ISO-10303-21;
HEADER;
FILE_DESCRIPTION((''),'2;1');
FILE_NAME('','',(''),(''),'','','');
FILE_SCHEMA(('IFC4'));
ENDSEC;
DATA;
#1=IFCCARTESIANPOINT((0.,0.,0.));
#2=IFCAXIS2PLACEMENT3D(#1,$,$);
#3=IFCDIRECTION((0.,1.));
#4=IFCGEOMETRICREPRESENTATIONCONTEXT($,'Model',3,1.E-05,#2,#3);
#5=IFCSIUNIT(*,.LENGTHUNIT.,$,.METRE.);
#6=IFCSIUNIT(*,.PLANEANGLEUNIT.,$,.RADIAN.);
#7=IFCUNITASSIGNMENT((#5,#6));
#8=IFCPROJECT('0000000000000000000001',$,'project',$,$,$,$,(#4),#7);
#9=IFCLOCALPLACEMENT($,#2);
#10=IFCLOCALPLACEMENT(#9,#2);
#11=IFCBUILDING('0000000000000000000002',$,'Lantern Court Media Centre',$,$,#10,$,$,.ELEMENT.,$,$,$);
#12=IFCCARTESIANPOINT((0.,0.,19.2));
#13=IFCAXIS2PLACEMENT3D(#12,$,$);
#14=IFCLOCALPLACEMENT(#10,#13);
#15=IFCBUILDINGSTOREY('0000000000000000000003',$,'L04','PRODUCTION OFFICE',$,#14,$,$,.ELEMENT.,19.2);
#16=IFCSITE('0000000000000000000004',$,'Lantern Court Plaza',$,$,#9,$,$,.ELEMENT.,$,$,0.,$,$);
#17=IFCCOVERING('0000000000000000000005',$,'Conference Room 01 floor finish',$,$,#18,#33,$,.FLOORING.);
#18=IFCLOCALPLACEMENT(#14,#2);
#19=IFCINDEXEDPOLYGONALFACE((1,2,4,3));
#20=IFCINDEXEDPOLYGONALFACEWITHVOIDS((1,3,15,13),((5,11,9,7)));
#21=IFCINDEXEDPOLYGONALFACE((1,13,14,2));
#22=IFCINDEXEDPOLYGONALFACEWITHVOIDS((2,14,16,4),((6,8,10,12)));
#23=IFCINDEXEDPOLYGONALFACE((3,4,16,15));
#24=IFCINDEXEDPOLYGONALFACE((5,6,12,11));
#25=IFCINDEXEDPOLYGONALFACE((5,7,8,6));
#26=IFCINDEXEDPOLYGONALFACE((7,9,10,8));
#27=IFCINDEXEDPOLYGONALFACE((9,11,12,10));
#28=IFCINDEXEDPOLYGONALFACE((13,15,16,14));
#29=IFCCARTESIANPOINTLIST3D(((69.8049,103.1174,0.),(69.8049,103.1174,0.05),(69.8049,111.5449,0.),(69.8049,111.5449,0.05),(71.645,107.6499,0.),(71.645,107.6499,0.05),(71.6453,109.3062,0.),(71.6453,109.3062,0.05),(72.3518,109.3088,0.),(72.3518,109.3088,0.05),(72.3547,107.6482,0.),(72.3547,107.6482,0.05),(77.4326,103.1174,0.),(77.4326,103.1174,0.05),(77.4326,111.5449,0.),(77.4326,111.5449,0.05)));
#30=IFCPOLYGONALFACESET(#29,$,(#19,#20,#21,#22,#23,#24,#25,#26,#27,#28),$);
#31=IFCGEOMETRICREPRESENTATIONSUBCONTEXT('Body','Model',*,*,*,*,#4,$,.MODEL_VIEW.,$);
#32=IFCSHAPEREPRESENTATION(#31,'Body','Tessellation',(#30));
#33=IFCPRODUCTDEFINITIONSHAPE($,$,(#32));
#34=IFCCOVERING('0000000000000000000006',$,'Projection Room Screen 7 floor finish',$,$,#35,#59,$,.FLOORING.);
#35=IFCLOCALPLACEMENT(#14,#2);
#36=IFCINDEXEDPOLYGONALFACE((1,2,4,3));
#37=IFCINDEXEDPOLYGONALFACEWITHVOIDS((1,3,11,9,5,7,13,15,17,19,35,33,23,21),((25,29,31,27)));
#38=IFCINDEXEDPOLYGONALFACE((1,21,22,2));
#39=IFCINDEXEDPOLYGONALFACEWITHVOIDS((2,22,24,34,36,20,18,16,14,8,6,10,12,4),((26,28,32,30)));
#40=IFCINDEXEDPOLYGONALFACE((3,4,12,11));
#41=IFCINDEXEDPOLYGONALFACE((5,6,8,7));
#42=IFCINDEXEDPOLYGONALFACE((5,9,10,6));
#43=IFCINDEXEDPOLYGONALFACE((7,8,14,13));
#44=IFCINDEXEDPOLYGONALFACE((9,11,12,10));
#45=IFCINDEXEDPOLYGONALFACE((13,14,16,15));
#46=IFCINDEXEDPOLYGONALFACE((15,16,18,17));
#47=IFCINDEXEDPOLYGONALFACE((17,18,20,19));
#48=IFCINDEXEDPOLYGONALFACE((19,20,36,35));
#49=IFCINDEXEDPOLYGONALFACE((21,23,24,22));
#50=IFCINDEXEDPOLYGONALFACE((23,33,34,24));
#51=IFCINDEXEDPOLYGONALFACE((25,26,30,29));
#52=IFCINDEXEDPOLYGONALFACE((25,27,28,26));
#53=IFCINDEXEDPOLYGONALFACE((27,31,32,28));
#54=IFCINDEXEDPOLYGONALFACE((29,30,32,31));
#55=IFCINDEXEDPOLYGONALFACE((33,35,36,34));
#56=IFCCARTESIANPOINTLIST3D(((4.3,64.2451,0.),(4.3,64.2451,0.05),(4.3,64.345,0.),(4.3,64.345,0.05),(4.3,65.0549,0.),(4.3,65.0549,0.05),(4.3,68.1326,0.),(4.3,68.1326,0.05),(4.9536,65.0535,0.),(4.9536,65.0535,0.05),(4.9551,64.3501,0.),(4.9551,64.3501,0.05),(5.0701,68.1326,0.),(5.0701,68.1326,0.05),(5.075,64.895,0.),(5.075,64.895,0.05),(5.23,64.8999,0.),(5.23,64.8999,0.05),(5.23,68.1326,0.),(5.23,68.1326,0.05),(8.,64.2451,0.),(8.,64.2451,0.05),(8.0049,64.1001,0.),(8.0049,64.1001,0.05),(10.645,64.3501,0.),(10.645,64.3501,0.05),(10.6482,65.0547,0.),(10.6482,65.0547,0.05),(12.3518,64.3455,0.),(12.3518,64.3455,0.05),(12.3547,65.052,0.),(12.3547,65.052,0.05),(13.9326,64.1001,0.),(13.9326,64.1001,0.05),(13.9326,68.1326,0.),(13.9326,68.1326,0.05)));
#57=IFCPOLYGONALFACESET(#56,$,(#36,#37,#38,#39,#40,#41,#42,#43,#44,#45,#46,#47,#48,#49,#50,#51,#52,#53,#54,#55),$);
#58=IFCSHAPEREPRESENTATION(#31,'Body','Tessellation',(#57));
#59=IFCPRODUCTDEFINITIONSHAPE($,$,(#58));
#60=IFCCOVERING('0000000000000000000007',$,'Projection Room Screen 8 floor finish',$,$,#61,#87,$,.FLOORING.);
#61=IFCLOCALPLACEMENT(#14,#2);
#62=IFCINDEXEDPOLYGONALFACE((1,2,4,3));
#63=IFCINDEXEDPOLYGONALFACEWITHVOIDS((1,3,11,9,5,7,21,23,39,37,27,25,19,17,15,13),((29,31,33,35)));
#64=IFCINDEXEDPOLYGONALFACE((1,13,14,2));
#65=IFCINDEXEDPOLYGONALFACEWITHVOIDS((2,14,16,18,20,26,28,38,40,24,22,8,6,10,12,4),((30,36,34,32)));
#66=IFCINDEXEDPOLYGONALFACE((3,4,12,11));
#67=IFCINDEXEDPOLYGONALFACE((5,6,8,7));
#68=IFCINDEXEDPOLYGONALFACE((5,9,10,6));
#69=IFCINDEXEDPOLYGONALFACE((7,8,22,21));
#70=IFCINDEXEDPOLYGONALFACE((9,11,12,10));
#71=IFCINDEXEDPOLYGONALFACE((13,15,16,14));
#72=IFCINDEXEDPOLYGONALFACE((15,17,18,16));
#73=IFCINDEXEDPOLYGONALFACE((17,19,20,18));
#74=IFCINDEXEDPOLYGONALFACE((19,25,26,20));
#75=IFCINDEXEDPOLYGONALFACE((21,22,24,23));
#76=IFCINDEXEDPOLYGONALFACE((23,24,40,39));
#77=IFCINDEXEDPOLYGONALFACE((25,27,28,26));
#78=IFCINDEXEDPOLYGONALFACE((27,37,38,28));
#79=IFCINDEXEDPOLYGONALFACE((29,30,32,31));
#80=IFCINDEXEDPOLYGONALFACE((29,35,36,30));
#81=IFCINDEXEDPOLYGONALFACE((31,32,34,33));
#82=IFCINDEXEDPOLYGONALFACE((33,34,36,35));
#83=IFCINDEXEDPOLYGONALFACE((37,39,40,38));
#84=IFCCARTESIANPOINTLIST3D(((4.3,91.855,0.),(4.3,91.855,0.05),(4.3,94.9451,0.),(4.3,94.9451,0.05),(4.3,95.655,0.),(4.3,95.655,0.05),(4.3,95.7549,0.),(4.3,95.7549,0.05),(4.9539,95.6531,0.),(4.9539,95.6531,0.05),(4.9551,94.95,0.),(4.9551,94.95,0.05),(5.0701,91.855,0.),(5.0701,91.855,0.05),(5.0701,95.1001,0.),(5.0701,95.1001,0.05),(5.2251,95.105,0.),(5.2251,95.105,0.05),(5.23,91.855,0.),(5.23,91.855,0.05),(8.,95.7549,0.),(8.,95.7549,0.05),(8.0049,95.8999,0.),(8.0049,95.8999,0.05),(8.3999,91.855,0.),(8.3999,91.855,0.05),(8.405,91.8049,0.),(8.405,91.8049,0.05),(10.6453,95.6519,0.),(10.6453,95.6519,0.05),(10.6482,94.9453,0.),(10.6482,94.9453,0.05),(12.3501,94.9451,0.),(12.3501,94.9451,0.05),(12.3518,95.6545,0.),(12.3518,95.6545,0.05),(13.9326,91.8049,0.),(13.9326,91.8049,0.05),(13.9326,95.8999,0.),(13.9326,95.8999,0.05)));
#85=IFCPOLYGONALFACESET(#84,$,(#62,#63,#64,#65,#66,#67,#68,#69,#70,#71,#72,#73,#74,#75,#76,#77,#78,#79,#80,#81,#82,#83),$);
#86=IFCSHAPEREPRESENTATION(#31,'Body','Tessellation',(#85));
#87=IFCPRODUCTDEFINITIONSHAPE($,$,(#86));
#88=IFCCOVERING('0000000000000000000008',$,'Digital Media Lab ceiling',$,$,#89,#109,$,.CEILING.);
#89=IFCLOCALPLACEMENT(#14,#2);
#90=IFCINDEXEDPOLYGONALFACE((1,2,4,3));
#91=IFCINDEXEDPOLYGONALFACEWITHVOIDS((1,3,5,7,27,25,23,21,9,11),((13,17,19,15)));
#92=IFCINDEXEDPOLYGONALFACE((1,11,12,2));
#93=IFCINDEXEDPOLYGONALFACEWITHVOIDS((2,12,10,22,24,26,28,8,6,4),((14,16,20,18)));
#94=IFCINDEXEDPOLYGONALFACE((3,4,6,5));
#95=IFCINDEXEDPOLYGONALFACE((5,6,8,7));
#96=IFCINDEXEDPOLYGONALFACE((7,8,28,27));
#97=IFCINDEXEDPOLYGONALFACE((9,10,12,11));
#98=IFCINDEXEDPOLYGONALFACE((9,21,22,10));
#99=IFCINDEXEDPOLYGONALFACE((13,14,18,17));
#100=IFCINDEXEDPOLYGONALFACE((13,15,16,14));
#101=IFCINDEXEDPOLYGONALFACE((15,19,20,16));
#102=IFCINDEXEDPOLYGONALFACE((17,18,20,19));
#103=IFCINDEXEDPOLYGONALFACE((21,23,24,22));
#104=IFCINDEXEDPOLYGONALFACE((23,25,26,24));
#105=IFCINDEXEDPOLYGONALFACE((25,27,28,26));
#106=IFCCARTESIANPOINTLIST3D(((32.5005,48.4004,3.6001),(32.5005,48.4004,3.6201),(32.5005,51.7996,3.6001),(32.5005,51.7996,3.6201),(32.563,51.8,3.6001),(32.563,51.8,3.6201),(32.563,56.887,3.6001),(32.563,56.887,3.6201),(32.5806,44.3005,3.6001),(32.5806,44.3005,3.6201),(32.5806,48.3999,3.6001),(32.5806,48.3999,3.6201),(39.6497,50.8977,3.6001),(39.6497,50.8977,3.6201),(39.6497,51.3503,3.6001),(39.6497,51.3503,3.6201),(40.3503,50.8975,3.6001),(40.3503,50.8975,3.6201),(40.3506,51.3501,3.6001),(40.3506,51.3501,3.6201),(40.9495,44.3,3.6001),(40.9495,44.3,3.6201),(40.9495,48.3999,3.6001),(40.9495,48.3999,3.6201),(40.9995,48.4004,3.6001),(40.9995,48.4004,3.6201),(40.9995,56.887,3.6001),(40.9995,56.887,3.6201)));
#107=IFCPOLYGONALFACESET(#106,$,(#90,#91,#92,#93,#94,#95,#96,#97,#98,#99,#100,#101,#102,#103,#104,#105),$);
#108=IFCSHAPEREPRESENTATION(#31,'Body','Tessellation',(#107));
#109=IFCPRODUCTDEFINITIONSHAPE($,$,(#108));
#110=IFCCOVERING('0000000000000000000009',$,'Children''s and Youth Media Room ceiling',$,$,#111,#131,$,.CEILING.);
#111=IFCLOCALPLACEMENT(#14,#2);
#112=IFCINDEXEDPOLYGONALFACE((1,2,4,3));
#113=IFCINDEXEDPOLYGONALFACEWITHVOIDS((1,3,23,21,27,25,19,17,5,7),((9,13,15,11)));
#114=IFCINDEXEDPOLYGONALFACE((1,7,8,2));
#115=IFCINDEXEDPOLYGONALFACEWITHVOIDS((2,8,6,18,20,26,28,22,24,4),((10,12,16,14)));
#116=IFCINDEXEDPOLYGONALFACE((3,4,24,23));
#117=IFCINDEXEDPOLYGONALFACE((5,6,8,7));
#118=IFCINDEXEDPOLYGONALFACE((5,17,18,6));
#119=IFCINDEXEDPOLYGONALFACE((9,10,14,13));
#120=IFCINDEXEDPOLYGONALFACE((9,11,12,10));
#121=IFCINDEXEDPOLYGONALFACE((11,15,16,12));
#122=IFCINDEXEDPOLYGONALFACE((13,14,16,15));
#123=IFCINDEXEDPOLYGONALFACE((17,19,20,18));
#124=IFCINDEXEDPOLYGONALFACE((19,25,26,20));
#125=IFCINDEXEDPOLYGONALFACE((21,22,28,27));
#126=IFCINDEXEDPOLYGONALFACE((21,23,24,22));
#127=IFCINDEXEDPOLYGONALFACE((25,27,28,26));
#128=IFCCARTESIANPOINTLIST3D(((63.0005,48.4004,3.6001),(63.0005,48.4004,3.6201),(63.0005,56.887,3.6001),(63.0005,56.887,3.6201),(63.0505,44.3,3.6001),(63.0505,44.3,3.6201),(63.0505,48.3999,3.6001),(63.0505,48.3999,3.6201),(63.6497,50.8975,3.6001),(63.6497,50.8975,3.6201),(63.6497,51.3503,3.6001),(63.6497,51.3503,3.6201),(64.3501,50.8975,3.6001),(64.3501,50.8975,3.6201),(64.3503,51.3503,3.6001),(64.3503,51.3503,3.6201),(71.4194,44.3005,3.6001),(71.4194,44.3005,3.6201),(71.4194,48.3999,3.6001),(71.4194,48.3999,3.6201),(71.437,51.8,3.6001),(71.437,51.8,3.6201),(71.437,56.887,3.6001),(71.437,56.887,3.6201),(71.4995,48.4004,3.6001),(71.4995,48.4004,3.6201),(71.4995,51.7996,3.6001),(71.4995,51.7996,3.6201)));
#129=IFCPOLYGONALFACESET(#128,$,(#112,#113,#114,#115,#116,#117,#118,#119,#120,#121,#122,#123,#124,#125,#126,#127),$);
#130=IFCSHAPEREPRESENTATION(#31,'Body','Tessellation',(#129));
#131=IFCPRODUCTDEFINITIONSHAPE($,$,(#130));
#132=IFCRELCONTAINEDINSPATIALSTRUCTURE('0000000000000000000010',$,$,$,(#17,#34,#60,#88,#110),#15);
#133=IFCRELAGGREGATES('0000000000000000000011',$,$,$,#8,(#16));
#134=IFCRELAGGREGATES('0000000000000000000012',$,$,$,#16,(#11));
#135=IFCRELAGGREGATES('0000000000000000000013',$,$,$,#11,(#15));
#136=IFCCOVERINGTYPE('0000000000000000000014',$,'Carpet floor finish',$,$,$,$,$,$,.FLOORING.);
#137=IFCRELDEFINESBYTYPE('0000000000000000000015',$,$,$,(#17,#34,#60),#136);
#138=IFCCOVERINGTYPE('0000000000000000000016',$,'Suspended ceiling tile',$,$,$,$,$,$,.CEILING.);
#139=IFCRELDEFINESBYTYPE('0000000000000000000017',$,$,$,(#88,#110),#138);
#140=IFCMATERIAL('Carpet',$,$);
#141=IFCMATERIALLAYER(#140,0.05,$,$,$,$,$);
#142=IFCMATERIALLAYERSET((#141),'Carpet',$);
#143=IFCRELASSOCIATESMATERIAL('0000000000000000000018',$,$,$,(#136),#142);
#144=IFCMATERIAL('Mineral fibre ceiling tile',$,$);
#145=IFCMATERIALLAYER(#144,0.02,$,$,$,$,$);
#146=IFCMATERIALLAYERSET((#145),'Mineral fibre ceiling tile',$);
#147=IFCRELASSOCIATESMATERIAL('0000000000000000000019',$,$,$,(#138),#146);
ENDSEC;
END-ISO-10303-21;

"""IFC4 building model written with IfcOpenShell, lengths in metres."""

from ifc_helpers import new_model, si_unit, direction, frame, origin, place, context, subcontext, project, spatial, polyline, outline, extrude, material, layer, layer_set, type_object, element, save


model = new_model("IFC4")

# Units and contexts
model_context = context("Model", 3, precision=1e-05, world=origin(), true_north=direction((0.0, 1.0)))
body_context = subcontext(model_context, "Body", "Model", "MODEL_VIEW")
ifc_project = project(units=[si_unit("LENGTHUNIT", "METRE"), si_unit("PLANEANGLEUNIT", "RADIAN")], contexts=[model_context])

# Site, building, storey
site_placement = place(None, origin())
site = spatial("IfcSite", under=ifc_project, at=site_placement, Name="Lantern Court Plaza", CompositionType="ELEMENT", RefElevation=0.0)
building_placement = place(site_placement, origin())
building = spatial("IfcBuilding", under=site, at=building_placement, Name="Lantern Court Media Centre", CompositionType="ELEMENT")
storey_placement = place(building_placement, frame((0.0, 0.0, 19.2)))
storey = spatial("IfcBuildingStorey", under=building, at=storey_placement, Name="L04", Description="PRODUCTION OFFICE", CompositionType="ELEMENT", Elevation=19.2)

# Coverings
ifc_material_1 = material(Name="Carpet")
ifc_layer_1 = layer(ifc_material_1, 0.05)
ifc_layer_set_1 = layer_set([ifc_layer_1], Name="Carpet")
covering_type_1 = type_object("IfcCoveringType", Name="Carpet floor finish", PredefinedType="FLOORING", material=ifc_layer_set_1)
covering_1_placement = place(storey_placement, origin())
element("IfcCovering", 1, at=covering_1_placement, inside=storey, type_object=covering_type_1, Name="Conference Room 01 floor finish", PredefinedType="FLOORING", context=body_context, shape_type="SweptSolid", body=[
    extrude(outline(polyline([(77.4326, 111.5449), (77.4326, 103.1174), (69.8049, 103.1174), (69.8049, 111.5449), (77.4326, 111.5449)]), holes=[polyline([(71.645, 107.6499), (72.3547, 107.6482), (72.3518, 109.3088), (71.6453, 109.3062), (71.645, 107.6499)])]), origin(), (0.0, 0.0, 1.0), 0.05),
])
covering_2_placement = place(storey_placement, origin())
element("IfcCovering", 2, at=covering_2_placement, inside=storey, type_object=covering_type_1, Name="Projection Room Screen 7 floor finish", PredefinedType="FLOORING", context=body_context, shape_type="SweptSolid", body=[
    extrude(outline(polyline([(4.3, 68.1326), (5.0701, 68.1326), (5.075, 64.895), (5.23, 64.8999), (5.23, 68.1326), (13.9326, 68.1326), (13.9326, 64.1001), (8.0049, 64.1001), (8.0, 64.2451), (4.3, 64.2451), (4.3, 64.345), (4.9551, 64.3501), (4.9536, 65.0535), (4.3, 65.0549), (4.3, 68.1326)]), holes=[polyline([(10.645, 64.3501), (12.3518, 64.3455), (12.3547, 65.052), (10.6482, 65.0547), (10.645, 64.3501)])]), origin(), (0.0, 0.0, 1.0), 0.05),
])
covering_3_placement = place(storey_placement, origin())
element("IfcCovering", 3, at=covering_3_placement, inside=storey, type_object=covering_type_1, Name="Projection Room Screen 8 floor finish", PredefinedType="FLOORING", context=body_context, shape_type="SweptSolid", body=[
    extrude(outline(polyline([(13.9326, 95.8999), (13.9326, 91.8049), (8.405, 91.8049), (8.3999, 91.855), (5.23, 91.855), (5.2251, 95.105), (5.0701, 95.1001), (5.0701, 91.855), (4.3, 91.855), (4.3, 94.9451), (4.9551, 94.95), (4.9539, 95.6531), (4.3, 95.655), (4.3, 95.7549), (8.0, 95.7549), (8.0049, 95.8999), (13.9326, 95.8999)]), holes=[polyline([(12.3501, 94.9451), (12.3518, 95.6545), (10.6453, 95.6519), (10.6482, 94.9453), (12.3501, 94.9451)])]), origin(), (0.0, 0.0, 1.0), 0.05),
])
ifc_material_2 = material(Name="Mineral fibre ceiling tile")
ifc_layer_2 = layer(ifc_material_2, 0.02)
ifc_layer_set_2 = layer_set([ifc_layer_2], Name="Mineral fibre ceiling tile")
covering_type_2 = type_object("IfcCoveringType", Name="Suspended ceiling tile", PredefinedType="CEILING", material=ifc_layer_set_2)
covering_4_placement = place(storey_placement, frame((0.0, 0.0, 3.6001)))
element("IfcCovering", 4, at=covering_4_placement, inside=storey, type_object=covering_type_2, Name="Digital Media Lab ceiling", PredefinedType="CEILING", context=body_context, shape_type="SweptSolid", body=[
    extrude(outline(polyline([(40.9495, 44.3), (32.5806, 44.3005), (32.5806, 48.3999), (32.5005, 48.4004), (32.5005, 51.7996), (32.563, 51.8), (32.563, 56.887), (40.9995, 56.887), (40.9995, 48.4004), (40.9495, 48.3999), (40.9495, 44.3)]), holes=[polyline([(40.3506, 51.3501), (39.6497, 51.3503), (39.6497, 50.8977), (40.3503, 50.8975), (40.3506, 51.3501)])]), origin(), (0.0, 0.0, 1.0), 0.02),
])
covering_5_placement = place(storey_placement, frame((0.0, 0.0, 3.6001)))
element("IfcCovering", 5, at=covering_5_placement, inside=storey, type_object=covering_type_2, Name="Children's and Youth Media Room ceiling", PredefinedType="CEILING", context=body_context, shape_type="SweptSolid", body=[
    extrude(outline(polyline([(63.0505, 44.3), (63.0505, 48.3999), (63.0005, 48.4004), (63.0005, 56.887), (71.437, 56.887), (71.437, 51.8), (71.4995, 51.7996), (71.4995, 48.4004), (71.4194, 48.3999), (71.4194, 44.3005), (63.0505, 44.3)]), holes=[polyline([(64.3501, 50.8975), (64.3503, 51.3503), (63.6497, 51.3503), (63.6497, 50.8975), (64.3501, 50.8975)])]), origin(), (0.0, 0.0, 1.0), 0.02),
])

save(model, "model.ifc")
